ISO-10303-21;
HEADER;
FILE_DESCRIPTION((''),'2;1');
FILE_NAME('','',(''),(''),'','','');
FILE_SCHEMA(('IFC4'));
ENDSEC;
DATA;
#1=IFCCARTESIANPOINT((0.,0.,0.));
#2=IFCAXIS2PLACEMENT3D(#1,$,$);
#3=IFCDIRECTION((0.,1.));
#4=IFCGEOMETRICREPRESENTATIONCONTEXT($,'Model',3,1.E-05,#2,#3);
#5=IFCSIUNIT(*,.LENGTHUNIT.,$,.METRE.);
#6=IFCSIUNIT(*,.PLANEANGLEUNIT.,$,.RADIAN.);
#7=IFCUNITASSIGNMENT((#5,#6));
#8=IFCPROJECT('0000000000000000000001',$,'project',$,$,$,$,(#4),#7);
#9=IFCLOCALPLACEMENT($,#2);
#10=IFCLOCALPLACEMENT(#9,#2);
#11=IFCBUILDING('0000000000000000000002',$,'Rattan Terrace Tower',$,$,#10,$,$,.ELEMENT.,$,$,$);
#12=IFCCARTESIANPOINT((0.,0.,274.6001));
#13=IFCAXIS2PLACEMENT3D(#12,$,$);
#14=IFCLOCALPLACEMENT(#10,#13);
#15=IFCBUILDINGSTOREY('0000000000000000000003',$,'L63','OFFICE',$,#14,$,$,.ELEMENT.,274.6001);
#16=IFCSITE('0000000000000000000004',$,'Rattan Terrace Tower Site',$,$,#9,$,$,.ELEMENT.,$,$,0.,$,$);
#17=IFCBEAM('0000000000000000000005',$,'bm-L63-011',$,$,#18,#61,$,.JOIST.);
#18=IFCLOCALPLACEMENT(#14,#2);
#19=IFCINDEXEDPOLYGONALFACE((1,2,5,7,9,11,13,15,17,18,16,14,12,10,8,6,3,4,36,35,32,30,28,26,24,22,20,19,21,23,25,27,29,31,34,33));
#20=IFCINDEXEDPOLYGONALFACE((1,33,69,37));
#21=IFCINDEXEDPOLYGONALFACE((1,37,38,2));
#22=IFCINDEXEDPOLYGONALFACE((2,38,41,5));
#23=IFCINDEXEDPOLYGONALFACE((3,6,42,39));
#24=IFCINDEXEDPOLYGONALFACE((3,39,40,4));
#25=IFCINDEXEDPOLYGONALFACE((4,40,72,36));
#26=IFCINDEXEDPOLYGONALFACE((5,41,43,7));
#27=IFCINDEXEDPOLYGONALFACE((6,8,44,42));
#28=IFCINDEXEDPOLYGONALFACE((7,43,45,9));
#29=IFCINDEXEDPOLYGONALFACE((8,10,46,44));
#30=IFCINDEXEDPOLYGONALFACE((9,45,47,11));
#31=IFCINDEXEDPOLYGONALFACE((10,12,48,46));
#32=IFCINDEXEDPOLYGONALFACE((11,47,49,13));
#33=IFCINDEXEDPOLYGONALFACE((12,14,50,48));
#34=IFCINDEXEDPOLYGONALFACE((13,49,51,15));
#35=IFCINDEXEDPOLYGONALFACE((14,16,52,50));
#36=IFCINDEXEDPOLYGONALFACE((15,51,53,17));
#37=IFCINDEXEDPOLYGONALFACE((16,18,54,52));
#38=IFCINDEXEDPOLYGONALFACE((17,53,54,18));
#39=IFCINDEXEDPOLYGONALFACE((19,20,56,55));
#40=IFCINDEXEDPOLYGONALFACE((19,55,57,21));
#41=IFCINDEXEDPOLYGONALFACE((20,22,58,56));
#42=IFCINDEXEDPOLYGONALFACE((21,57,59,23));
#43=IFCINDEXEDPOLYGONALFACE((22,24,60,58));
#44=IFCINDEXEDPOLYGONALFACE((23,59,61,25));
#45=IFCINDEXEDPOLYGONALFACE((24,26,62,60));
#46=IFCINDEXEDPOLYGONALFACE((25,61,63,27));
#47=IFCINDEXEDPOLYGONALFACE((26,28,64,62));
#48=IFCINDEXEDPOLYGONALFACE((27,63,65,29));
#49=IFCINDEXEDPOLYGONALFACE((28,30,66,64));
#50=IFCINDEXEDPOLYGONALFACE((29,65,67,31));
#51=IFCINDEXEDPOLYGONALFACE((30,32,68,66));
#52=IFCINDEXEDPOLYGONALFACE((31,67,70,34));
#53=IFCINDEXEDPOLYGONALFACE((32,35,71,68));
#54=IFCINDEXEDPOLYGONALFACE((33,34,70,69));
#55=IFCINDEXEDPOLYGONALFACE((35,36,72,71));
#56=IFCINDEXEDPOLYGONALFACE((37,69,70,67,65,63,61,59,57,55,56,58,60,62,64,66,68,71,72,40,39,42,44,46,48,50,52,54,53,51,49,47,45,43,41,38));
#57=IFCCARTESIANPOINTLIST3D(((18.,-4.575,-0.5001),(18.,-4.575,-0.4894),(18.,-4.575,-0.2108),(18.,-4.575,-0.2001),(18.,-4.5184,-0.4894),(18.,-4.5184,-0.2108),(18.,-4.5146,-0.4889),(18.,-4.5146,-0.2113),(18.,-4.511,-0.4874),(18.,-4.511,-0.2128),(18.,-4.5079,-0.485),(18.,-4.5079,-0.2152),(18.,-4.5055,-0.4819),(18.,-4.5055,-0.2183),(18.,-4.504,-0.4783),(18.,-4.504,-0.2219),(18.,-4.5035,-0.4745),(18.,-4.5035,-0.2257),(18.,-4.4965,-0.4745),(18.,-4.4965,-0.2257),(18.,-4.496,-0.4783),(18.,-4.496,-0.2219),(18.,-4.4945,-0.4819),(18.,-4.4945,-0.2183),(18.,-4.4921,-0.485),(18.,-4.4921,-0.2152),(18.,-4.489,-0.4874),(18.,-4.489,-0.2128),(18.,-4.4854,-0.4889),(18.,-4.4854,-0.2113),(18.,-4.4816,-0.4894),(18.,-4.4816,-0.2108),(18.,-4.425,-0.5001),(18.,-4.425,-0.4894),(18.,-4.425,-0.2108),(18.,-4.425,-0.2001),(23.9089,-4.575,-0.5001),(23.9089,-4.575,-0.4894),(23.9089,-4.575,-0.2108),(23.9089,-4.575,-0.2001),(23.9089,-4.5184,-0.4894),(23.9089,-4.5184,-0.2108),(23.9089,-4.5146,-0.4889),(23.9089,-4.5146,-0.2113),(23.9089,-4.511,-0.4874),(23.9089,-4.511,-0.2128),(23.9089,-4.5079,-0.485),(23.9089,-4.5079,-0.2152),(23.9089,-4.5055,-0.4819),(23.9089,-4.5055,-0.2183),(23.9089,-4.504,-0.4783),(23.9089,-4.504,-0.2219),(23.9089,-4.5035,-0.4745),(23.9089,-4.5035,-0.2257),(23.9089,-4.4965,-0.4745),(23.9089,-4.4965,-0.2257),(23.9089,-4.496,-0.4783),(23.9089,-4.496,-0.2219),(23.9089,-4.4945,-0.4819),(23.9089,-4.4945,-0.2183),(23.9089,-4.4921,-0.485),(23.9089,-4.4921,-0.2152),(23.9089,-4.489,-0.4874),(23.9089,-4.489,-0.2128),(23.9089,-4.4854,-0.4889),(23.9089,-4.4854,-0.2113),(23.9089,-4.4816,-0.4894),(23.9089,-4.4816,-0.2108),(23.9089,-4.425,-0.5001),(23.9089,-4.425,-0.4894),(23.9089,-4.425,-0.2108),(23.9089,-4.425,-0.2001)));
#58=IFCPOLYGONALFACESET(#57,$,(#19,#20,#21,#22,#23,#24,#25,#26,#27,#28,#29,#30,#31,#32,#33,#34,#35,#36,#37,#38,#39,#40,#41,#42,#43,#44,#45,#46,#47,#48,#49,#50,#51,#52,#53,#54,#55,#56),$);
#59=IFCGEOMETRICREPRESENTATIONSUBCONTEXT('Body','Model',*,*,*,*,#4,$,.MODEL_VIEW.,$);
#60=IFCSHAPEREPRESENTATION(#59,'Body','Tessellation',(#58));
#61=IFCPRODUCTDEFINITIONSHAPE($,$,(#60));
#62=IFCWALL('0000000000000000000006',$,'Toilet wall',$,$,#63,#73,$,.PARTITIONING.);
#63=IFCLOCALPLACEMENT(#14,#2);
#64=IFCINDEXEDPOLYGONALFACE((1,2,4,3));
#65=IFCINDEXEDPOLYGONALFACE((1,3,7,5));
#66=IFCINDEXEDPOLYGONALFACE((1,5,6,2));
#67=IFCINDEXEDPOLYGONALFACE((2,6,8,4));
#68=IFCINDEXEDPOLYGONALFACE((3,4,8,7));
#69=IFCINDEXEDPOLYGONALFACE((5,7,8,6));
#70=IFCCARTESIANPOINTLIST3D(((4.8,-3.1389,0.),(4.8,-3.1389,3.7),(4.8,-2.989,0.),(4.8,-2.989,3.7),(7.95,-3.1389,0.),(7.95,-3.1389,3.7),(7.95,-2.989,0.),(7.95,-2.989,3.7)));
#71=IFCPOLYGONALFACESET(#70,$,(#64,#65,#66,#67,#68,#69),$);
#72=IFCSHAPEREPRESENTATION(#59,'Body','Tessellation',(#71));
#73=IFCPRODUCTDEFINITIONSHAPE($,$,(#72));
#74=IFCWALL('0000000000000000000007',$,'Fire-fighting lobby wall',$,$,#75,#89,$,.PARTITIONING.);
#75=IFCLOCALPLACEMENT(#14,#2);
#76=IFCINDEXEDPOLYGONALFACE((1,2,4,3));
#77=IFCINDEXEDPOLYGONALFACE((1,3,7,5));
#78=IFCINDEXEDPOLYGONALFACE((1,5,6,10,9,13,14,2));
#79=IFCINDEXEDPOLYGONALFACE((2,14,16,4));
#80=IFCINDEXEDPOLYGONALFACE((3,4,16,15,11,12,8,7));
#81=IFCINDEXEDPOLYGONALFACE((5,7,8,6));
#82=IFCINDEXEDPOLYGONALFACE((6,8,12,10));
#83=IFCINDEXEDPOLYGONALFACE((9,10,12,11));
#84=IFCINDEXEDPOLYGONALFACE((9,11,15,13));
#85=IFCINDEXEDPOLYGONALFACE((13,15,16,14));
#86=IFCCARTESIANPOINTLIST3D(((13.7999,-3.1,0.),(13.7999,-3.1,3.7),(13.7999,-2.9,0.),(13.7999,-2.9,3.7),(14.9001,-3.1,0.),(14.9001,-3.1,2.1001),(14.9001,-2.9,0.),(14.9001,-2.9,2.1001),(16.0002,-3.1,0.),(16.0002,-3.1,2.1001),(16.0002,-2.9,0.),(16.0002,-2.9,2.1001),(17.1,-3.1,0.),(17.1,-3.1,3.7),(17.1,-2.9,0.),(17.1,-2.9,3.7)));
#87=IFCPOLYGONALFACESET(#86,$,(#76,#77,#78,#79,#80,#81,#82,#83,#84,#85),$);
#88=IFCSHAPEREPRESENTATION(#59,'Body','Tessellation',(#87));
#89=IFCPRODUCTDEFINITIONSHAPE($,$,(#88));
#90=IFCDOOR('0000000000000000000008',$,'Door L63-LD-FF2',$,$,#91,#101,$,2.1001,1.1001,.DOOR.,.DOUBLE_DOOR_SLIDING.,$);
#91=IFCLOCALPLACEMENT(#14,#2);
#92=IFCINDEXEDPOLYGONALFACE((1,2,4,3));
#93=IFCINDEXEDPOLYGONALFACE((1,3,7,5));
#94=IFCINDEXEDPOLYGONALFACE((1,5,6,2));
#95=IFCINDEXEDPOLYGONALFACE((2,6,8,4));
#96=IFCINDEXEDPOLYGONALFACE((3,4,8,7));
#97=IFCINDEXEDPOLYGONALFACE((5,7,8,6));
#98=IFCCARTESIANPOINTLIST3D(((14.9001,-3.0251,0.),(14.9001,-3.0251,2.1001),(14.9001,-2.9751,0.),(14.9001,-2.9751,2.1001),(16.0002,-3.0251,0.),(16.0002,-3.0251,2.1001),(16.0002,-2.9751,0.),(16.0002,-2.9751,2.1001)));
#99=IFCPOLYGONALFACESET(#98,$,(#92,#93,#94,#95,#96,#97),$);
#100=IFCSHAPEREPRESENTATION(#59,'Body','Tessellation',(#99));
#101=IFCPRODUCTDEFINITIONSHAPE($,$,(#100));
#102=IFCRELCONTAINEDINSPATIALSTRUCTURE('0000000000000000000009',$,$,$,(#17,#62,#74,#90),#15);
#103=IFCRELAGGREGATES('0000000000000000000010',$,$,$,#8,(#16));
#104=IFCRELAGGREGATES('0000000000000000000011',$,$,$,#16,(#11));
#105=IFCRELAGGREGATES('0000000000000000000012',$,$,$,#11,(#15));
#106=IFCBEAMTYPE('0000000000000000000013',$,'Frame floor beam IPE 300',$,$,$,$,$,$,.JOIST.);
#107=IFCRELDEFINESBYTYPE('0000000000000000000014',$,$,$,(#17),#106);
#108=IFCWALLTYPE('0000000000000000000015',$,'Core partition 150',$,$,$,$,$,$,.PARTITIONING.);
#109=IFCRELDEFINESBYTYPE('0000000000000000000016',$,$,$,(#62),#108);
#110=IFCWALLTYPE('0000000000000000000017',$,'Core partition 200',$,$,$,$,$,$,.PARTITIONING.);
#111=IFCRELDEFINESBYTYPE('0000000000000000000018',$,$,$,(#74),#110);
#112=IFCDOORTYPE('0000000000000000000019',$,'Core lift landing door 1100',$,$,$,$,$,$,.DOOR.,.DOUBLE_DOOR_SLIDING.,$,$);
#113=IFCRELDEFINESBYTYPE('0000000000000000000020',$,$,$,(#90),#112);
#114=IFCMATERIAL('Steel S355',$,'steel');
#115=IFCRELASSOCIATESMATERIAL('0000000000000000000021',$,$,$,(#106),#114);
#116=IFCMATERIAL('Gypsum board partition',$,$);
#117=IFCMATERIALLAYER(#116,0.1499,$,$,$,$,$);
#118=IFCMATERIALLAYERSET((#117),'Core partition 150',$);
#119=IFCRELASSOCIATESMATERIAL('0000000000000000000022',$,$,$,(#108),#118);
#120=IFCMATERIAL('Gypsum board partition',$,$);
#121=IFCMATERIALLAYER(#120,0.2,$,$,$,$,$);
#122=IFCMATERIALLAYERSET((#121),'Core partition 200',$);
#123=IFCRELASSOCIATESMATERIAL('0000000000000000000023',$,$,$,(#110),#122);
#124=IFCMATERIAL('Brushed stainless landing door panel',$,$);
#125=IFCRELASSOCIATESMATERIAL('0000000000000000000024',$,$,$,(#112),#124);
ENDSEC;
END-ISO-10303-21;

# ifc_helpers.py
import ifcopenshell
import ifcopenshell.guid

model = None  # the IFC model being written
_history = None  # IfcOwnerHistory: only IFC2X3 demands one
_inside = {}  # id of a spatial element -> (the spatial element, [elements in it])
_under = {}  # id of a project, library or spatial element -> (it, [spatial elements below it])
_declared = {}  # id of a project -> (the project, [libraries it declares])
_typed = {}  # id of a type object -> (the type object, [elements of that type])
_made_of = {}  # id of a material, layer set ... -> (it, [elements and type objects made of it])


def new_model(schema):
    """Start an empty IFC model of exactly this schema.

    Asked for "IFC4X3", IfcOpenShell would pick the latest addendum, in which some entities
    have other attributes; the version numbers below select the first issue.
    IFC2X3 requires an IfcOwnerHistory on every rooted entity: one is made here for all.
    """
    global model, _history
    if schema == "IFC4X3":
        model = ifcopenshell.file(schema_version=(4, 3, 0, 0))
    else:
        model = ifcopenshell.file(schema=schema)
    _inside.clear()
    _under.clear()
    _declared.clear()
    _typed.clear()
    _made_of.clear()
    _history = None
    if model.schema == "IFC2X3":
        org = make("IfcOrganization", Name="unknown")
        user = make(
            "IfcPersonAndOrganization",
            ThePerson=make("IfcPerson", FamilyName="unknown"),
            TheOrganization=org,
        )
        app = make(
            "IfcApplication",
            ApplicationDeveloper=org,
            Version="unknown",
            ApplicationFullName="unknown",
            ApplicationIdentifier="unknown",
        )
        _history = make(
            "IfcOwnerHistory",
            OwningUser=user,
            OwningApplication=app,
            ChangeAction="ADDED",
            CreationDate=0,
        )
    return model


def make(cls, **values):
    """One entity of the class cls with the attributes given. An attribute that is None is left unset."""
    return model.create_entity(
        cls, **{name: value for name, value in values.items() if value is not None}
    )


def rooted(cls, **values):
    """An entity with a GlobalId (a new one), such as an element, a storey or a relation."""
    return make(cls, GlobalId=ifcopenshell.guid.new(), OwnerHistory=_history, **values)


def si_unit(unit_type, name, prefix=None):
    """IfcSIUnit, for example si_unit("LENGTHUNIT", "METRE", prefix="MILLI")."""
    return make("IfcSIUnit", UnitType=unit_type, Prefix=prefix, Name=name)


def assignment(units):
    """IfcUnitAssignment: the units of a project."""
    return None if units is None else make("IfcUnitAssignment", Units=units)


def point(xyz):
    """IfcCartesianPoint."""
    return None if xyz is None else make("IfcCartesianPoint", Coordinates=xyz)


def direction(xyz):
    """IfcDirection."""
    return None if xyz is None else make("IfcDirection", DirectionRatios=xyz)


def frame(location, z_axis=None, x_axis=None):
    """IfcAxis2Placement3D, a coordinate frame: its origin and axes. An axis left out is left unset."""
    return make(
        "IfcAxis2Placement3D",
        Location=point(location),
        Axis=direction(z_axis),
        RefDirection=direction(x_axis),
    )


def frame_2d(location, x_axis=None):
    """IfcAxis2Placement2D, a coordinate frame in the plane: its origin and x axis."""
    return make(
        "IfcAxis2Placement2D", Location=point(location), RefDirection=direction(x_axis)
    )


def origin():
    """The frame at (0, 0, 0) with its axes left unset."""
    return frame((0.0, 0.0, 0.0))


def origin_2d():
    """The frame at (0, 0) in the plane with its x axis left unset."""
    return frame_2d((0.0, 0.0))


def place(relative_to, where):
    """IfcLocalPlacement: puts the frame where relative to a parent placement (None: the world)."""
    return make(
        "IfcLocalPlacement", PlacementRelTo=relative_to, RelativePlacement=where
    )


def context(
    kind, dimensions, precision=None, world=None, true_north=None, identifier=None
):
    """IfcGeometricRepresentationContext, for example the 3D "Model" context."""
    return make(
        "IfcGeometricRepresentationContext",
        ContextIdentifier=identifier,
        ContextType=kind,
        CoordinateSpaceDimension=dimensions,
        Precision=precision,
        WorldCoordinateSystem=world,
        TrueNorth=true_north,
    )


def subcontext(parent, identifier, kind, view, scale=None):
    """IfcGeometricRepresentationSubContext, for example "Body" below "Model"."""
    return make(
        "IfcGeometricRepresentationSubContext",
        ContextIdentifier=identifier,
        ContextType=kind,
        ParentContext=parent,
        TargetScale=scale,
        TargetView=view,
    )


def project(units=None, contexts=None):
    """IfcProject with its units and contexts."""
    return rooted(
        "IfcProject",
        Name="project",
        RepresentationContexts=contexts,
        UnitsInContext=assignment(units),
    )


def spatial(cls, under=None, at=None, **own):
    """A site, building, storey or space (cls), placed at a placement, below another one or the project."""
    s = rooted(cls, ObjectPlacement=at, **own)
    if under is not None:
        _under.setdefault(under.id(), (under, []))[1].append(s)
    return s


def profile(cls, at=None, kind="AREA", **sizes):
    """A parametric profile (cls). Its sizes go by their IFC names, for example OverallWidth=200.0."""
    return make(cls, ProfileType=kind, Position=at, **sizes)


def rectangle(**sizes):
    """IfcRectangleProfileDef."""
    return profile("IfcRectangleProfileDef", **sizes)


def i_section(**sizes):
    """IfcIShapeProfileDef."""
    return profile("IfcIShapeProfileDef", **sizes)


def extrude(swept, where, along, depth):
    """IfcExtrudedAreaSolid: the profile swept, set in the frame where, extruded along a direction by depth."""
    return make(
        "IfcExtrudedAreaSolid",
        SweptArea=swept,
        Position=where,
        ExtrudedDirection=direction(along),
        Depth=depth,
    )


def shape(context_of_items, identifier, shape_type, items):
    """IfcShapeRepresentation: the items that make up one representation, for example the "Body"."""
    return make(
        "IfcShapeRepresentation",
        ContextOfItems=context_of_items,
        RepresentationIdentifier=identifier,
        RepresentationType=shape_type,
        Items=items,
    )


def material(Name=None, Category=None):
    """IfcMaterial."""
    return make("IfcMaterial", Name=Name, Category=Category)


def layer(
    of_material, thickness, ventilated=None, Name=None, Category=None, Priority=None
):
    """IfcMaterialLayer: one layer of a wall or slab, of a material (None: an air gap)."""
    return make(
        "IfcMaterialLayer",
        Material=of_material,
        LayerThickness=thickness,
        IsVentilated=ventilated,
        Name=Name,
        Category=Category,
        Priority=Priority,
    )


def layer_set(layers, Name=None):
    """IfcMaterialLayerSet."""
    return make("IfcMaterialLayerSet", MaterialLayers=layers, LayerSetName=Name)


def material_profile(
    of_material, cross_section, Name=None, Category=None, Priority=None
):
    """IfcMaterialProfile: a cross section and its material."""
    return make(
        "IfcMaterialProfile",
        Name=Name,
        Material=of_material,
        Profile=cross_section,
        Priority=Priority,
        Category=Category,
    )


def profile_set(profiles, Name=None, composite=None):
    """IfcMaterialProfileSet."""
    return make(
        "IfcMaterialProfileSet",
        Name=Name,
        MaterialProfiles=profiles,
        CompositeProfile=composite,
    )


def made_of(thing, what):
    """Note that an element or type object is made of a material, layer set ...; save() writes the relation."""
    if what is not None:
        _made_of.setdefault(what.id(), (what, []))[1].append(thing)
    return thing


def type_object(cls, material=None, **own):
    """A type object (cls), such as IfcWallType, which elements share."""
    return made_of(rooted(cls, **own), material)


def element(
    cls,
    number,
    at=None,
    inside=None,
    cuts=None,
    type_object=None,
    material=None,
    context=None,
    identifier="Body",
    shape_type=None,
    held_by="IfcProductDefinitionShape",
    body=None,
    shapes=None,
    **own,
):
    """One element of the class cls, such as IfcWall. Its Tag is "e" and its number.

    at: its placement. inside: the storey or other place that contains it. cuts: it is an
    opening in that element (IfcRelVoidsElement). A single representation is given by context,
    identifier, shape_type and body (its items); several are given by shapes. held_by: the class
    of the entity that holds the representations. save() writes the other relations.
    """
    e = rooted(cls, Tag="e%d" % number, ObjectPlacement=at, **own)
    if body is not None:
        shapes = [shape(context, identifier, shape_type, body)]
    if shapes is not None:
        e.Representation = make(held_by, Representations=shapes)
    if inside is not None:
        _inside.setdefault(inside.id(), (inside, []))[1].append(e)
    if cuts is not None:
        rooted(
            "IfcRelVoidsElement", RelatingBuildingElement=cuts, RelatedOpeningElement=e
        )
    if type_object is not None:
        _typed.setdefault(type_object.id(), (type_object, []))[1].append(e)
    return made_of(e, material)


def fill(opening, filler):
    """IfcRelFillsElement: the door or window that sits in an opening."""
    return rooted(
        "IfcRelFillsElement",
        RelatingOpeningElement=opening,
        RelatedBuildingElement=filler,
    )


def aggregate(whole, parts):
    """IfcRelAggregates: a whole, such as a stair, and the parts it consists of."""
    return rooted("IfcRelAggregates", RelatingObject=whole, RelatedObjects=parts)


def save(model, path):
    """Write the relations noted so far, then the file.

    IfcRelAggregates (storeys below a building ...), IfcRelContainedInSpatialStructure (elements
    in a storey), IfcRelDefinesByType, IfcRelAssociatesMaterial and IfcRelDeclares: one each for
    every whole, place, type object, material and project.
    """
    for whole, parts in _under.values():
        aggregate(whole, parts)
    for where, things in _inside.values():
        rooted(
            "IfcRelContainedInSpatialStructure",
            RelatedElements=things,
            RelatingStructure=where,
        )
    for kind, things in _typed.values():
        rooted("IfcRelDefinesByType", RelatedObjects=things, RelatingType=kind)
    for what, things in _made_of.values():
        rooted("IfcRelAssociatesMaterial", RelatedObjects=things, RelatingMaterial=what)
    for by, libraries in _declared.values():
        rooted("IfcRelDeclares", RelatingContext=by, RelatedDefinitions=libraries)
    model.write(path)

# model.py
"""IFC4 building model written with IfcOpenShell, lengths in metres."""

from ifc_helpers import new_model, si_unit, direction, frame, frame_2d, origin, origin_2d, place, context, subcontext, project, spatial, rectangle, i_section, extrude, material, layer, layer_set, material_profile, profile_set, type_object, element, fill, save


model = new_model("IFC4")

# Units and contexts
model_context = context("Model", 3, precision=1e-05, world=origin(), true_north=direction((0.0, 1.0)))
body_context = subcontext(model_context, "Body", "Model", "MODEL_VIEW")
ifc_project = project(units=[si_unit("LENGTHUNIT", "METRE"), si_unit("PLANEANGLEUNIT", "RADIAN")], contexts=[model_context])

# Site, building, storey
site_placement = place(None, origin())
site = spatial("IfcSite", under=ifc_project, at=site_placement, Name="Rattan Terrace Tower Site", CompositionType="ELEMENT", RefElevation=0.0)
building_placement = place(site_placement, origin())
building = spatial("IfcBuilding", under=site, at=building_placement, Name="Rattan Terrace Tower", CompositionType="ELEMENT")
storey_placement = place(building_placement, frame((0.0, 0.0, 274.6001)))
storey = spatial("IfcBuildingStorey", under=building, at=storey_placement, Name="L63", Description="OFFICE", CompositionType="ELEMENT", Elevation=274.6001)

# Beam
ifc_material_1 = material(Name="Steel S355", Category="steel")
ifc_material_profile = material_profile(ifc_material_1, i_section(OverallWidth=0.1499, OverallDepth=0.3, WebThickness=0.0071, FlangeThickness=0.0107, FilletRadius=0.0149, at=origin_2d()), Name="IPE 300")
ifc_profile_set = profile_set([ifc_material_profile], Name="Steel S355")
beam_type = type_object("IfcBeamType", Name="Frame floor beam IPE 300", PredefinedType="JOIST", material=ifc_profile_set)
beam_placement = place(storey_placement, frame((18.0, -4.5, -0.3501), z_axis=(1.0, 0.0, 0.0), x_axis=(0.0, 1.0, 0.0)))
element("IfcBeam", 1, at=beam_placement, inside=storey, type_object=beam_type, Name="bm-L63-011", PredefinedType="JOIST", context=body_context, shape_type="SweptSolid", body=[
    extrude(i_section(OverallWidth=0.1499, OverallDepth=0.3, WebThickness=0.0071, FlangeThickness=0.0107, FilletRadius=0.0149, at=origin_2d()), origin(), (0.0, 0.0, 1.0), 5.9089),
])

# Wall
ifc_material_2 = material(Name="Gypsum board partition")
ifc_layer_1 = layer(ifc_material_2, 0.1499)
ifc_layer_set_1 = layer_set([ifc_layer_1], Name="Core partition 150")
wall_type_1 = type_object("IfcWallType", Name="Core partition 150", PredefinedType="PARTITIONING", material=ifc_layer_set_1)
wall_1_placement = place(storey_placement, frame((4.8, -3.064, 0.0), z_axis=(0.0, 0.0, 1.0), x_axis=(1.0, 0.0, 0.0)))
element("IfcWall", 2, at=wall_1_placement, inside=storey, type_object=wall_type_1, Name="Toilet wall", PredefinedType="PARTITIONING", context=body_context, shape_type="SweptSolid", body=[
    extrude(rectangle(XDim=3.1499, YDim=0.1499, at=frame_2d((1.575, 0.0))), origin(), (0.0, 0.0, 1.0), 3.7),
])

# Wall, opening, door
ifc_material_3 = material(Name="Gypsum board partition")
ifc_layer_2 = layer(ifc_material_3, 0.2)
ifc_layer_set_2 = layer_set([ifc_layer_2], Name="Core partition 200")
wall_type_2 = type_object("IfcWallType", Name="Core partition 200", PredefinedType="PARTITIONING", material=ifc_layer_set_2)
wall_2_placement = place(storey_placement, frame((13.8, -3.0, 0.0), z_axis=(0.0, 0.0, 1.0), x_axis=(1.0, 0.0, 0.0)))
wall_2 = element("IfcWall", 3, at=wall_2_placement, inside=storey, type_object=wall_type_2, Name="Fire-fighting lobby wall", PredefinedType="PARTITIONING", context=body_context, shape_type="SweptSolid", body=[
    extrude(rectangle(XDim=3.3, YDim=0.2, at=frame_2d((1.6499, 0.0))), origin(), (0.0, 0.0, 1.0), 3.7),
])
opening_1_placement = place(wall_2_placement, frame((1.1001, 0.0, 0.0)))
opening_1 = element("IfcOpeningElement", 4, at=opening_1_placement, cuts=wall_2, PredefinedType="OPENING", context=body_context, shape_type="SweptSolid", body=[
    extrude(rectangle(XDim=1.1001, YDim=2.1001, at=frame_2d((0.55, 1.05))), frame((0.0, 0.1106, 0.0), z_axis=(0.0, -1.0, 0.0), x_axis=(1.0, 0.0, 0.0)), (0.0, 0.0, 1.0), 0.2209),
])
ifc_material_4 = material(Name="Brushed stainless landing door panel")
door_type_1 = type_object("IfcDoorType", Name="Core lift landing door 1100", OperationType="DOUBLE_DOOR_SLIDING", PredefinedType="DOOR", material=ifc_material_4)
door_1_placement = place(opening_1_placement, origin())
door_1 = element("IfcDoor", 5, at=door_1_placement, inside=storey, type_object=door_type_1, Name="Door L63-LD-FF2", OperationType="DOUBLE_DOOR_SLIDING", OverallHeight=2.1001, OverallWidth=1.1001, PredefinedType="DOOR", context=body_context, shape_type="SweptSolid", body=[
    extrude(rectangle(XDim=1.1001, YDim=2.1001, at=frame_2d((0.55, 1.05))), frame((0.0, 0.0249, 0.0), z_axis=(0.0, -1.0, 0.0), x_axis=(1.0, 0.0, 0.0)), (0.0, 0.0, 1.0), 0.05),
])
fill(opening_1, door_1)

save(model, "model.ifc")
